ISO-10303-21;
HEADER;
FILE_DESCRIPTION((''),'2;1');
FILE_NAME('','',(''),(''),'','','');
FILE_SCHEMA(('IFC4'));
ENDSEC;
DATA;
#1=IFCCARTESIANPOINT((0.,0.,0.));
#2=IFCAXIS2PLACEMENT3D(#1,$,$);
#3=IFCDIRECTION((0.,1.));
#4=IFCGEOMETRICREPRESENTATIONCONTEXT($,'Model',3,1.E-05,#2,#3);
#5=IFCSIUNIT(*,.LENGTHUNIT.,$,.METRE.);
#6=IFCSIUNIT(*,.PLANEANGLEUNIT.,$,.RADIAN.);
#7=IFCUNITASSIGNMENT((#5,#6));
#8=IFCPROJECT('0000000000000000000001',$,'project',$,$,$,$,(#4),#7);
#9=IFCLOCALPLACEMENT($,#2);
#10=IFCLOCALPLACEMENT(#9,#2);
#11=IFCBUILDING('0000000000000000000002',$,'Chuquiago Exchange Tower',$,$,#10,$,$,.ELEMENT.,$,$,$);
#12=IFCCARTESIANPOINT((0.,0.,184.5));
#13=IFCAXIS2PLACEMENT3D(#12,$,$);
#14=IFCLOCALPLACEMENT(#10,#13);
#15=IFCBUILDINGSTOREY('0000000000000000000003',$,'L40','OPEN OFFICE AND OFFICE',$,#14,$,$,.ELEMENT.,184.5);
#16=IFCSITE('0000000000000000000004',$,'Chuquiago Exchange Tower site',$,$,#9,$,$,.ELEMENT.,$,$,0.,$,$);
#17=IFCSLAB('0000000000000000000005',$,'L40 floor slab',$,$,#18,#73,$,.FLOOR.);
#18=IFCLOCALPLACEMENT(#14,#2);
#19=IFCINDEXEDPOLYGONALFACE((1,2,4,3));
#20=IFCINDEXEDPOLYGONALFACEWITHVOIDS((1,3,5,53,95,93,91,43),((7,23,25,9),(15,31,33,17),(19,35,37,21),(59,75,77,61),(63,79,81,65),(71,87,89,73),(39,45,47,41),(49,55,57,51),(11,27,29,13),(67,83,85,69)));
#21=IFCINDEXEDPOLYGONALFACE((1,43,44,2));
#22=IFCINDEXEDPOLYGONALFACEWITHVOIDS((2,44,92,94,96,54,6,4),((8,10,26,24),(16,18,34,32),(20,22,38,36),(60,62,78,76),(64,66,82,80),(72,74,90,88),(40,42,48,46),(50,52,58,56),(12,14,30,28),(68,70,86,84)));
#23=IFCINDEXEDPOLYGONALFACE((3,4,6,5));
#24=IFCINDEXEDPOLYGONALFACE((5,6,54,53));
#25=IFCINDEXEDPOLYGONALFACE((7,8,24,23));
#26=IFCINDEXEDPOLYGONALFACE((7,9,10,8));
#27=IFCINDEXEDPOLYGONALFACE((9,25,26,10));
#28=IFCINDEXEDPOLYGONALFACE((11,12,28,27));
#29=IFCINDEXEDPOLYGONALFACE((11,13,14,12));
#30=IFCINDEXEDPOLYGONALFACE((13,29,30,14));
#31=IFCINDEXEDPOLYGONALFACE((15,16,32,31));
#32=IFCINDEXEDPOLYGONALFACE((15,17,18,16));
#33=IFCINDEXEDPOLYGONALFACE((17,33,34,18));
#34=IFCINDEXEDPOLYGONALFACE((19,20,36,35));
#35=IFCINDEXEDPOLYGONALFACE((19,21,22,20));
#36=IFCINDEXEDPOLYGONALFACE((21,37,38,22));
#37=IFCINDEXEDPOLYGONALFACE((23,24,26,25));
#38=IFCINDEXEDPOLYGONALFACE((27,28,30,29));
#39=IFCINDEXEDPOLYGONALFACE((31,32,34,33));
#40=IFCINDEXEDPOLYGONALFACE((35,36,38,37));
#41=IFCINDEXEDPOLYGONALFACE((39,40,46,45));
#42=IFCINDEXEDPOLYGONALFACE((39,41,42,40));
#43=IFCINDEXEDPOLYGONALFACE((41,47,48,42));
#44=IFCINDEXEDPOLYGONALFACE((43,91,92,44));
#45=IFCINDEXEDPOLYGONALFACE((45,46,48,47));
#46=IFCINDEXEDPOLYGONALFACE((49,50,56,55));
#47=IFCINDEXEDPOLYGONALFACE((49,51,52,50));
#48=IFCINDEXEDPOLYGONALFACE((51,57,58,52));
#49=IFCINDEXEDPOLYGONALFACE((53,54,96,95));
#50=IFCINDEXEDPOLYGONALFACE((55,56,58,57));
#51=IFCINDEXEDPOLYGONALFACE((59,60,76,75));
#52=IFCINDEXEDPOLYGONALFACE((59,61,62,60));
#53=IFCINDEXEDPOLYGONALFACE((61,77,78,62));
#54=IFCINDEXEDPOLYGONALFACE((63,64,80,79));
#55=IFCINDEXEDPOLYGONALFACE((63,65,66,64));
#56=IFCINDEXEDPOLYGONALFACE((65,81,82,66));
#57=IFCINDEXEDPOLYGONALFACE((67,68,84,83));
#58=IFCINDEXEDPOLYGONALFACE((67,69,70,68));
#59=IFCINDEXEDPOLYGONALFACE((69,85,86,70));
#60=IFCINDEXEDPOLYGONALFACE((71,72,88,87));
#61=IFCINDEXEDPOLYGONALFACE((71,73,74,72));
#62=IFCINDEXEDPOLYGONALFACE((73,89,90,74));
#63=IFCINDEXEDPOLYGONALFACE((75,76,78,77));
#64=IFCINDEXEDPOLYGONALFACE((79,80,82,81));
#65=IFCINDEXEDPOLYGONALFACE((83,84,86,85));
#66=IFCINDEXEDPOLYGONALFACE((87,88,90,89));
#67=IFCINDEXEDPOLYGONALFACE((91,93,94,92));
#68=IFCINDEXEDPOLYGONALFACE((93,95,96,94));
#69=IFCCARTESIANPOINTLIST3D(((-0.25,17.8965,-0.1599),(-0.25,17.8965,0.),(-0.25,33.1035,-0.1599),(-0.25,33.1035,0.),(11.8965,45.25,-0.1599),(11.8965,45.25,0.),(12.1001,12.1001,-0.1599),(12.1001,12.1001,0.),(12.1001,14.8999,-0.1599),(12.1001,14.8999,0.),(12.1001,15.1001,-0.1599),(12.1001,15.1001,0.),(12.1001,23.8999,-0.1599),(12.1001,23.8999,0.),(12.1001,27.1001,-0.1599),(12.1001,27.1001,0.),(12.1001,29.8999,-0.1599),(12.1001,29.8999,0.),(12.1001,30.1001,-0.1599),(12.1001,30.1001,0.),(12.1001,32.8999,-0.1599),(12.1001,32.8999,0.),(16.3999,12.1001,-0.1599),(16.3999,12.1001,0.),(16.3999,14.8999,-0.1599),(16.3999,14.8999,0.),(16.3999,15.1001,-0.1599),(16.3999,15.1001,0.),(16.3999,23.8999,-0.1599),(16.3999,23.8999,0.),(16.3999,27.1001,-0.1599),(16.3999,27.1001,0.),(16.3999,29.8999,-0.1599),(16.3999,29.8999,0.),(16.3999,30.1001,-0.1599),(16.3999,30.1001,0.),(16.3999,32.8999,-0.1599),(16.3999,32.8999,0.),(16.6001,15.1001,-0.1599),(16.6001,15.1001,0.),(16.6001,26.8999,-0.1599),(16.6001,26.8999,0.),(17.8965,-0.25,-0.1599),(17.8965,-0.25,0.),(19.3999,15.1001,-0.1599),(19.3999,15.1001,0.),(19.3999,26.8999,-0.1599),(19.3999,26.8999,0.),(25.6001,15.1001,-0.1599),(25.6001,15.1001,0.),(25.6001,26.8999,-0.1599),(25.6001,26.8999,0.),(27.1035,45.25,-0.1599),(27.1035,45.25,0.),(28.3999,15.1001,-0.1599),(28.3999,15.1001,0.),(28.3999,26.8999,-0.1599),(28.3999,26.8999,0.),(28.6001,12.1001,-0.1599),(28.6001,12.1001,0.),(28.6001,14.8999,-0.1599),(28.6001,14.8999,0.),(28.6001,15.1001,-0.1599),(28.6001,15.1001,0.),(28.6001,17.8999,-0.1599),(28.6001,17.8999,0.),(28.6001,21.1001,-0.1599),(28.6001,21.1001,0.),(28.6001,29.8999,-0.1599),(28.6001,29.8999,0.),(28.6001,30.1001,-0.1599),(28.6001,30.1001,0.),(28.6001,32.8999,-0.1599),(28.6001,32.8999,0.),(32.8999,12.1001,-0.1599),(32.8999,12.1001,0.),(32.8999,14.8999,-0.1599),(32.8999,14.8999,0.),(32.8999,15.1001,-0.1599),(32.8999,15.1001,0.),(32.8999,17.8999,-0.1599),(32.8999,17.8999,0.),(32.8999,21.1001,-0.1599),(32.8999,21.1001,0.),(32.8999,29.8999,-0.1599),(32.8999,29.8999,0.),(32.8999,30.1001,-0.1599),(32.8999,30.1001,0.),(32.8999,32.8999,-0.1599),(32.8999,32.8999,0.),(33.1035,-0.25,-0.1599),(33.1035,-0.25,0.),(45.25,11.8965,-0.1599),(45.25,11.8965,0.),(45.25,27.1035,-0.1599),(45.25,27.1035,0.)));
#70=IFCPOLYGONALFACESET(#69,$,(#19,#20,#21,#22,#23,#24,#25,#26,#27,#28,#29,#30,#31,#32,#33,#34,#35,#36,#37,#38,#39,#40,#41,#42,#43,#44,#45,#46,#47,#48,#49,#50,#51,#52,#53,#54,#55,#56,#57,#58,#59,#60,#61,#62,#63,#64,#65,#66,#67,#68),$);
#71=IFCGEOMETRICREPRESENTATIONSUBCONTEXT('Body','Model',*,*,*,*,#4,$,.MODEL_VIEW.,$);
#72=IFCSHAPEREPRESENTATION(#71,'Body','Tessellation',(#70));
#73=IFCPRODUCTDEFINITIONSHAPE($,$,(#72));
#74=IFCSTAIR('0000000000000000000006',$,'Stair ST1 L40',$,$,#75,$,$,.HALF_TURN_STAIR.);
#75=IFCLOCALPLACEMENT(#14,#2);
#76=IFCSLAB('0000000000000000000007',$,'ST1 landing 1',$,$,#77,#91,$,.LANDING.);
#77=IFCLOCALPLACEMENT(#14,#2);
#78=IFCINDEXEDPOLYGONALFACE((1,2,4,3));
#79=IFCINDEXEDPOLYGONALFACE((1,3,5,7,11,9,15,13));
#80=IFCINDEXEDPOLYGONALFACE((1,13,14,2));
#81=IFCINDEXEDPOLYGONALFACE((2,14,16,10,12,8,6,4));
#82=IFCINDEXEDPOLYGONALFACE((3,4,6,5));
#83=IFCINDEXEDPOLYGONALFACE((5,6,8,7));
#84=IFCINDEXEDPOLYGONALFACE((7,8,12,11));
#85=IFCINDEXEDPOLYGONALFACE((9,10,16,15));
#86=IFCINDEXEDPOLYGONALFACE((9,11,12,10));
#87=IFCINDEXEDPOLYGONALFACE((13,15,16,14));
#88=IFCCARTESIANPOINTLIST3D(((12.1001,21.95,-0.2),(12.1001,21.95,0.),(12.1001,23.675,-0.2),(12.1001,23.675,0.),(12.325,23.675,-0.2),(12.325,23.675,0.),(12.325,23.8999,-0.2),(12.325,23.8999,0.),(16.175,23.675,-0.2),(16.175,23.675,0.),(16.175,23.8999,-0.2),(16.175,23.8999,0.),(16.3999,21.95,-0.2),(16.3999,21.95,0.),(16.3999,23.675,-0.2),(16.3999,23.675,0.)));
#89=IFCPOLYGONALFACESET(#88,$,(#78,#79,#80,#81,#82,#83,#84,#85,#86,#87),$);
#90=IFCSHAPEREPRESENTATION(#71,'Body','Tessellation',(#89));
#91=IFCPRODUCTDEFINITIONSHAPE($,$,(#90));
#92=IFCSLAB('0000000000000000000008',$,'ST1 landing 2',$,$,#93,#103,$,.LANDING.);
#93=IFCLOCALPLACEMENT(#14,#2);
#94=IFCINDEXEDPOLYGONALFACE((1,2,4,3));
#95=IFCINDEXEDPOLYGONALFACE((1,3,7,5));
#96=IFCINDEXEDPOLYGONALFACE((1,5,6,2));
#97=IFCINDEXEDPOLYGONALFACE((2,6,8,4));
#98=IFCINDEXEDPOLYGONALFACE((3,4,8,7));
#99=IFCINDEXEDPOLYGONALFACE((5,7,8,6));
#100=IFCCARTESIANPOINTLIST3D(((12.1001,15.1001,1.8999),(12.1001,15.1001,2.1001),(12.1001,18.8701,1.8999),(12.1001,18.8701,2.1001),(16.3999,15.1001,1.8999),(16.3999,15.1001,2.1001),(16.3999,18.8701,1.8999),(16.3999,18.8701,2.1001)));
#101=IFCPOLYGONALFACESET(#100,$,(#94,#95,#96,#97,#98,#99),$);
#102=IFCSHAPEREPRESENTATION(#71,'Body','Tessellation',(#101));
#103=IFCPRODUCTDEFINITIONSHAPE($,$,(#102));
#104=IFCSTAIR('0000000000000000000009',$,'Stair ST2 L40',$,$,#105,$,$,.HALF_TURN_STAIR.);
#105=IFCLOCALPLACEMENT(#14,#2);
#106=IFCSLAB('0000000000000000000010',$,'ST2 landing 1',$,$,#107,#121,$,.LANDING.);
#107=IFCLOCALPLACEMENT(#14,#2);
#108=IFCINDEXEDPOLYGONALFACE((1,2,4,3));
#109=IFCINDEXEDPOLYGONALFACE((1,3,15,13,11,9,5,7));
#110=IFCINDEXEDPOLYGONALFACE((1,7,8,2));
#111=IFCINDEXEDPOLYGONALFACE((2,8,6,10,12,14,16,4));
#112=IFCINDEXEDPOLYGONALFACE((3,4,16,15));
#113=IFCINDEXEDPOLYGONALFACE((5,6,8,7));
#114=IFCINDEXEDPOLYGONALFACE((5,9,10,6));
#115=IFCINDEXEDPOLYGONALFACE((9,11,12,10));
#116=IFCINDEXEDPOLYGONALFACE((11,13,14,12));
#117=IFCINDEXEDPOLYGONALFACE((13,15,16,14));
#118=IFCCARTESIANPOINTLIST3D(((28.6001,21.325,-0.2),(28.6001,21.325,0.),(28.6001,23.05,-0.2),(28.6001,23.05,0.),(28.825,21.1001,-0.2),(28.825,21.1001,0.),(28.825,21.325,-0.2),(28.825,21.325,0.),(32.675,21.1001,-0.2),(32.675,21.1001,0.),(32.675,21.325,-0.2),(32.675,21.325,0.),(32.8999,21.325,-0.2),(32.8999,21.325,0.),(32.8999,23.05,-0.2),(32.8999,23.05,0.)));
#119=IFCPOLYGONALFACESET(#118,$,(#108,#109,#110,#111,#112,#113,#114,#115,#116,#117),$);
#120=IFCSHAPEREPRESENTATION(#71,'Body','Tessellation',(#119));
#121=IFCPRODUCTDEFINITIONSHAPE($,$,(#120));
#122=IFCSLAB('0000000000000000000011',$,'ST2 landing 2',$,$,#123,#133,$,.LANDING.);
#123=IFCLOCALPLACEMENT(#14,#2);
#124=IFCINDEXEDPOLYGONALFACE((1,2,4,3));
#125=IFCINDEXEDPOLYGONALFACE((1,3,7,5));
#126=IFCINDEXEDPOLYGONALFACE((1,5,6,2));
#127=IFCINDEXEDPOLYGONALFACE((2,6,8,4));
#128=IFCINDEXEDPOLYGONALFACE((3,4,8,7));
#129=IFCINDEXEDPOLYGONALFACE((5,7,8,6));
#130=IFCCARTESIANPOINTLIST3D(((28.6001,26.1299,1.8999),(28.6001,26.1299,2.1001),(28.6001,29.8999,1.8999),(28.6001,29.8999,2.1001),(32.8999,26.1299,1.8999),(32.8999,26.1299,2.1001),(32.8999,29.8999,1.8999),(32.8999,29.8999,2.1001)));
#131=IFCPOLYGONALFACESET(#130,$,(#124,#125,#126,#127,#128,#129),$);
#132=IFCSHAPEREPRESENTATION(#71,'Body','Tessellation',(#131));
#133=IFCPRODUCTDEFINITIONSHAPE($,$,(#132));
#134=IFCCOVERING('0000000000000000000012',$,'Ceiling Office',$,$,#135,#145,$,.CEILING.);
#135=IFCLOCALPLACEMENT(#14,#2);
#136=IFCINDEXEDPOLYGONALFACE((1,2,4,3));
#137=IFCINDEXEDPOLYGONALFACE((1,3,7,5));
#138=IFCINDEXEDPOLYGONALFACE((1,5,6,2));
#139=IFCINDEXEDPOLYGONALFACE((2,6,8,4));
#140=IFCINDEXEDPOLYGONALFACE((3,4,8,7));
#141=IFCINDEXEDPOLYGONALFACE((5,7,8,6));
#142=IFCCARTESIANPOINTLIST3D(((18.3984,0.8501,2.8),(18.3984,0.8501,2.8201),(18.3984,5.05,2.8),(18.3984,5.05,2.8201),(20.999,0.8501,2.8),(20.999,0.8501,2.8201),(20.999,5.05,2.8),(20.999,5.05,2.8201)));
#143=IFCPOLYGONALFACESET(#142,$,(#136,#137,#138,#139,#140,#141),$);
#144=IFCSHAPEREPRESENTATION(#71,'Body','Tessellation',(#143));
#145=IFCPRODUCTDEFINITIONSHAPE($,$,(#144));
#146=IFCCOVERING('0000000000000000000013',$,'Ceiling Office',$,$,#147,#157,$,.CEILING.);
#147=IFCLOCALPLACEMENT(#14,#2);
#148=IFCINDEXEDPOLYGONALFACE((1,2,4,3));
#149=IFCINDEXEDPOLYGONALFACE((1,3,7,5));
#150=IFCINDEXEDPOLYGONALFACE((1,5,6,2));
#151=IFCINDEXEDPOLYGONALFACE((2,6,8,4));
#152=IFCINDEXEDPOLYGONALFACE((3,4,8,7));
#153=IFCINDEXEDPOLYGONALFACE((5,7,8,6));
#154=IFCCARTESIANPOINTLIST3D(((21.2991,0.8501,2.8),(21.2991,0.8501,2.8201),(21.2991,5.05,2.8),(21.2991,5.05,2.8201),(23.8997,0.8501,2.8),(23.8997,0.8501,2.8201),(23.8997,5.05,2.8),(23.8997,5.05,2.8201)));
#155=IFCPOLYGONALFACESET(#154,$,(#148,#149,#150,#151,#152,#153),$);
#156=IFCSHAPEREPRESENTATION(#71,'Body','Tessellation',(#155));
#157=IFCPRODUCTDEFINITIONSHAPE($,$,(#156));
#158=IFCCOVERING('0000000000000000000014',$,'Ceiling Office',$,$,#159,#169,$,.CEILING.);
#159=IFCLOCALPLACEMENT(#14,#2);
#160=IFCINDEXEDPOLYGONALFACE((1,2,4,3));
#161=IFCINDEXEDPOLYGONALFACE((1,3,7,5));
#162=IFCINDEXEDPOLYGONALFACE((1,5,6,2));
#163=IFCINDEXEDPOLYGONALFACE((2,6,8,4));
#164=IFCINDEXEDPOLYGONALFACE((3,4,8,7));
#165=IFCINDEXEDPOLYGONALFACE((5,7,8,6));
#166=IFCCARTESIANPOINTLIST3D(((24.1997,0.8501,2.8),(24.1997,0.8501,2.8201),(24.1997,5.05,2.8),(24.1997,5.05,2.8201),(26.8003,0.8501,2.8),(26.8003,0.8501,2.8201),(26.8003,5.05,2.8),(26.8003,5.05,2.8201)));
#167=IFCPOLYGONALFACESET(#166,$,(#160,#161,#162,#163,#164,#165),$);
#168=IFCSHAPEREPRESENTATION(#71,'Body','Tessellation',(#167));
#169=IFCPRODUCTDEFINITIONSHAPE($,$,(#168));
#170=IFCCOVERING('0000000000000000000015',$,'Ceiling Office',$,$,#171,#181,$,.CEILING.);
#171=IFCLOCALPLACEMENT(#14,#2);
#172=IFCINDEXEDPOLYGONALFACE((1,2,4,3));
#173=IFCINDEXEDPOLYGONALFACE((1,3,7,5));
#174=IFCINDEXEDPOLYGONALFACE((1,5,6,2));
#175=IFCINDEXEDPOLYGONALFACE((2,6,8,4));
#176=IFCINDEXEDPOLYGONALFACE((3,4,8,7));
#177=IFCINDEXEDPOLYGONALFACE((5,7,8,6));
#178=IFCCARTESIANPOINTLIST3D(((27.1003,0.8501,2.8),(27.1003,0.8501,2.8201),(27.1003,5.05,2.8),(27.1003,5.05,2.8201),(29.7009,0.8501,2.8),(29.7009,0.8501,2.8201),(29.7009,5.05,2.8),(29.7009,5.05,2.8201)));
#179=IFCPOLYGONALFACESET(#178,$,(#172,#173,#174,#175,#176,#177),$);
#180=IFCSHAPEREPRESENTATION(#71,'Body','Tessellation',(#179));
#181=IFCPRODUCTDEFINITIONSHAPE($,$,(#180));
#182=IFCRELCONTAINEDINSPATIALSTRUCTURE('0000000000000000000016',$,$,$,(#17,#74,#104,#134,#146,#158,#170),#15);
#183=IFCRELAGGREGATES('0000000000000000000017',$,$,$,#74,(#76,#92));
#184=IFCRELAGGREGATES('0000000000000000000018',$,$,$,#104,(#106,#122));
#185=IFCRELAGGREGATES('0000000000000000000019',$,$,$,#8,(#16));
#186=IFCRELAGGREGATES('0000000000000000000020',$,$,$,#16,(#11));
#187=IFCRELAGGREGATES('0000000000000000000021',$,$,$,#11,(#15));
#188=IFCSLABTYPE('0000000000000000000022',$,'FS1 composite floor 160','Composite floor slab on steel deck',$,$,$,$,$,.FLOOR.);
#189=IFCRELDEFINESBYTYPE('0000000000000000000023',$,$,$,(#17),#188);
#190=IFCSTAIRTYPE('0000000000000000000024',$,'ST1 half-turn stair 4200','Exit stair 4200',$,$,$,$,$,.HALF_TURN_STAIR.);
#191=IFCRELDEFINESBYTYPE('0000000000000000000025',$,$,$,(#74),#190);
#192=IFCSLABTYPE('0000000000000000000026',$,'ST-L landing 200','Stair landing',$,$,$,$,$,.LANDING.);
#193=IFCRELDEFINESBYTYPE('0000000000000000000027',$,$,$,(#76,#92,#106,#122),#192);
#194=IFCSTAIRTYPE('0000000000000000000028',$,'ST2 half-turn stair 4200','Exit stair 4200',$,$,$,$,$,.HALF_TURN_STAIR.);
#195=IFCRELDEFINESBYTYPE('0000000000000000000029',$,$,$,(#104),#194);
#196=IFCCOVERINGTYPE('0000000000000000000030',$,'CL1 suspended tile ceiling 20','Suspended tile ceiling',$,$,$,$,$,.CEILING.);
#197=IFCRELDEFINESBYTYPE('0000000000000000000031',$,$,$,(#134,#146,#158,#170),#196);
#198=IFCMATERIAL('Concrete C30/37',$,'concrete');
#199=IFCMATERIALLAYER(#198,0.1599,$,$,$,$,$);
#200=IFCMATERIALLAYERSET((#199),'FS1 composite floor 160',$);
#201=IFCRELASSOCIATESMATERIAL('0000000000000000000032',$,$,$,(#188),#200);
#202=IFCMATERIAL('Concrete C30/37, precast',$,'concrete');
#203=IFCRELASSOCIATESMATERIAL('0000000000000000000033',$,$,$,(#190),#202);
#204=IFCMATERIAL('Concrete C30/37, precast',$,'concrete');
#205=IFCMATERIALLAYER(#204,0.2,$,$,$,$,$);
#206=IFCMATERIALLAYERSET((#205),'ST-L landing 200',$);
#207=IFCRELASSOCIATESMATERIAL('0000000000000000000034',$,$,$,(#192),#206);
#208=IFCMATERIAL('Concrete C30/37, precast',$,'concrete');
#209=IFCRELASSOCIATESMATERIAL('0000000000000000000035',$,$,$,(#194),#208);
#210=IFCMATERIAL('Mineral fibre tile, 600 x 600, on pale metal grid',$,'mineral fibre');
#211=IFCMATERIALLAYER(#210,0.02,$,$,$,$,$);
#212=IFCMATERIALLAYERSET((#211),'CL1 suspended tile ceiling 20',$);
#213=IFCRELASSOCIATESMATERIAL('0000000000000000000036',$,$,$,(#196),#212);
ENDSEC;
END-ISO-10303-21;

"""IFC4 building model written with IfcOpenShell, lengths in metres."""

from ifc_helpers import new_model, si_unit, direction, frame, origin, place, context, subcontext, project, spatial, polyline, outline, extrude, material, layer, layer_set, type_object, element, aggregate, save


model = new_model("IFC4")

# Units and contexts
model_context = context("Model", 3, precision=1e-05, world=origin(), true_north=direction((0.0, 1.0)))
body_context = subcontext(model_context, "Body", "Model", "MODEL_VIEW")
ifc_project = project(units=[si_unit("LENGTHUNIT", "METRE"), si_unit("PLANEANGLEUNIT", "RADIAN")], contexts=[model_context])

# Site, building, storey
site_placement = place(None, origin())
site = spatial("IfcSite", under=ifc_project, at=site_placement, Name="Chuquiago Exchange Tower site", CompositionType="ELEMENT", RefElevation=0.0)
building_placement = place(site_placement, origin())
building = spatial("IfcBuilding", under=site, at=building_placement, Name="Chuquiago Exchange Tower", CompositionType="ELEMENT")
storey_placement = place(building_placement, frame((0.0, 0.0, 184.5)))
storey = spatial("IfcBuildingStorey", under=building, at=storey_placement, Name="L40", Description="OPEN OFFICE AND OFFICE", CompositionType="ELEMENT", Elevation=184.5)

# Slab
ifc_material_1 = material(Name="Concrete C30/37", Category="concrete")
ifc_layer_1 = layer(ifc_material_1, 0.1599)
ifc_layer_set_1 = layer_set([ifc_layer_1], Name="FS1 composite floor 160")
slab_type_1 = type_object("IfcSlabType", Name="FS1 composite floor 160", Description="Composite floor slab on steel deck", PredefinedType="FLOOR", material=ifc_layer_set_1)
slab_1_placement = place(storey_placement, frame((0.0, 0.0, -0.1599)))
element("IfcSlab", 1, at=slab_1_placement, inside=storey, type_object=slab_type_1, Name="L40 floor slab", PredefinedType="FLOOR", context=body_context, shape_type="SweptSolid", body=[
    extrude(outline(polyline([(17.8965, -0.25), (-0.25, 17.8965), (-0.25, 33.1035), (11.8965, 45.25), (27.1035, 45.25), (45.25, 27.1035), (45.25, 11.8965), (33.1035, -0.25), (17.8965, -0.25)]), holes=[polyline([(16.3999, 15.1001), (12.1001, 15.1001), (12.1001, 23.8999), (16.3999, 23.8999), (16.3999, 15.1001)]), polyline([(32.8999, 21.1001), (28.6001, 21.1001), (28.6001, 29.8999), (32.8999, 29.8999), (32.8999, 21.1001)]), polyline([(16.3999, 12.1001), (12.1001, 12.1001), (12.1001, 14.8999), (16.3999, 14.8999), (16.3999, 12.1001)]), polyline([(16.3999, 30.1001), (12.1001, 30.1001), (12.1001, 32.8999), (16.3999, 32.8999), (16.3999, 30.1001)]), polyline([(32.8999, 12.1001), (28.6001, 12.1001), (28.6001, 14.8999), (32.8999, 14.8999), (32.8999, 12.1001)]), polyline([(32.8999, 30.1001), (28.6001, 30.1001), (28.6001, 32.8999), (32.8999, 32.8999), (32.8999, 30.1001)]), polyline([(16.3999, 27.1001), (12.1001, 27.1001), (12.1001, 29.8999), (16.3999, 29.8999), (16.3999, 27.1001)]), polyline([(32.8999, 15.1001), (28.6001, 15.1001), (28.6001, 17.8999), (32.8999, 17.8999), (32.8999, 15.1001)]), polyline([(19.3999, 15.1001), (16.6001, 15.1001), (16.6001, 26.8999), (19.3999, 26.8999), (19.3999, 15.1001)]), polyline([(28.3999, 15.1001), (25.6001, 15.1001), (25.6001, 26.8999), (28.3999, 26.8999), (28.3999, 15.1001)])]), origin(), (0.0, 0.0, 1.0), 0.1599),
])

# Stairs, slabs
ifc_material_2 = material(Name="Concrete C30/37, precast", Category="concrete")
stair_type_1 = type_object("IfcStairType", Name="ST1 half-turn stair 4200", Description="Exit stair 4200", PredefinedType="HALF_TURN_STAIR", material=ifc_material_2)
stair_1_placement = place(storey_placement, origin())
stair_1 = element("IfcStair", 2, at=stair_1_placement, inside=storey, type_object=stair_type_1, Name="Stair ST1 L40", PredefinedType="HALF_TURN_STAIR")
ifc_material_3 = material(Name="Concrete C30/37, precast", Category="concrete")
ifc_layer_2 = layer(ifc_material_3, 0.2)
ifc_layer_set_2 = layer_set([ifc_layer_2], Name="ST-L landing 200")
slab_type_2 = type_object("IfcSlabType", Name="ST-L landing 200", Description="Stair landing", PredefinedType="LANDING", material=ifc_layer_set_2)
slab_2_placement = place(storey_placement, frame((0.0, 0.0, -0.2)))
slab_2 = element("IfcSlab", 3, at=slab_2_placement, type_object=slab_type_2, Name="ST1 landing 1", PredefinedType="LANDING", context=body_context, shape_type="SweptSolid", body=[
    extrude(outline(polyline([(12.325, 23.8999), (16.175, 23.8999), (16.175, 23.675), (16.3999, 23.675), (16.3999, 21.95), (12.1001, 21.95), (12.1001, 23.675), (12.325, 23.675), (12.325, 23.8999)])), origin(), (0.0, 0.0, 1.0), 0.2),
])
slab_3_placement = place(storey_placement, frame((0.0, 0.0, 1.8999)))
slab_3 = element("IfcSlab", 4, at=slab_3_placement, type_object=slab_type_2, Name="ST1 landing 2", PredefinedType="LANDING", context=body_context, shape_type="SweptSolid", body=[
    extrude(outline(polyline([(12.1001, 18.8701), (16.3999, 18.8701), (16.3999, 15.1001), (12.1001, 15.1001), (12.1001, 18.8701)])), origin(), (0.0, 0.0, 1.0), 0.2002),
])
aggregate(stair_1, [slab_2, slab_3])
ifc_material_4 = material(Name="Concrete C30/37, precast", Category="concrete")
stair_type_2 = type_object("IfcStairType", Name="ST2 half-turn stair 4200", Description="Exit stair 4200", PredefinedType="HALF_TURN_STAIR", material=ifc_material_4)
stair_2_placement = place(storey_placement, origin())
stair_2 = element("IfcStair", 5, at=stair_2_placement, inside=storey, type_object=stair_type_2, Name="Stair ST2 L40", PredefinedType="HALF_TURN_STAIR")
slab_4_placement = place(storey_placement, frame((0.0, 0.0, -0.2)))
slab_4 = element("IfcSlab", 6, at=slab_4_placement, type_object=slab_type_2, Name="ST2 landing 1", PredefinedType="LANDING", context=body_context, shape_type="SweptSolid", body=[
    extrude(outline(polyline([(32.675, 21.325), (32.675, 21.1001), (28.825, 21.1001), (28.825, 21.325), (28.6001, 21.325), (28.6001, 23.05), (32.8999, 23.05), (32.8999, 21.325), (32.675, 21.325)])), origin(), (0.0, 0.0, 1.0), 0.2),
])
slab_5_placement = place(storey_placement, frame((0.0, 0.0, 1.8999)))
slab_5 = element("IfcSlab", 7, at=slab_5_placement, type_object=slab_type_2, Name="ST2 landing 2", PredefinedType="LANDING", context=body_context, shape_type="SweptSolid", body=[
    extrude(outline(polyline([(28.6001, 29.8999), (32.8999, 29.8999), (32.8999, 26.1299), (28.6001, 26.1299), (28.6001, 29.8999)])), origin(), (0.0, 0.0, 1.0), 0.2002),
])
aggregate(stair_2, [slab_4, slab_5])

# Coverings
ifc_material_5 = material(Name="Mineral fibre tile, 600 x 600, on pale metal grid", Category="mineral fibre")
ifc_layer_3 = layer(ifc_material_5, 0.02)
ifc_layer_set_3 = layer_set([ifc_layer_3], Name="CL1 suspended tile ceiling 20")
covering_type_1 = type_object("IfcCoveringType", Name="CL1 suspended tile ceiling 20", Description="Suspended tile ceiling", PredefinedType="CEILING", material=ifc_layer_set_3)
covering_1_placement = place(storey_placement, frame((0.0, 0.0, 2.8)))
element("IfcCovering", 8, at=covering_1_placement, inside=storey, type_object=covering_type_1, Name="Ceiling Office", PredefinedType="CEILING", context=body_context, shape_type="SweptSolid", body=[
    extrude(outline(polyline([(18.3984, 5.05), (20.999, 5.05), (20.999, 0.8501), (18.3984, 0.8501), (18.3984, 5.05)])), origin(), (0.0, 0.0, 1.0), 0.02),
])
covering_2_placement = place(storey_placement, frame((0.0, 0.0, 2.8)))
element("IfcCovering", 9, at=covering_2_placement, inside=storey, type_object=covering_type_1, Name="Ceiling Office", PredefinedType="CEILING", context=body_context, shape_type="SweptSolid", body=[
    extrude(outline(polyline([(21.2991, 5.05), (23.8997, 5.05), (23.8997, 0.8501), (21.2991, 0.8501), (21.2991, 5.05)])), origin(), (0.0, 0.0, 1.0), 0.02),
])
covering_3_placement = place(storey_placement, frame((0.0, 0.0, 2.8)))
element("IfcCovering", 10, at=covering_3_placement, inside=storey, type_object=covering_type_1, Name="Ceiling Office", PredefinedType="CEILING", context=body_context, shape_type="SweptSolid", body=[
    extrude(outline(polyline([(24.1997, 5.05), (26.8003, 5.05), (26.8003, 0.8501), (24.1997, 0.8501), (24.1997, 5.05)])), origin(), (0.0, 0.0, 1.0), 0.02),
])
covering_4_placement = place(storey_placement, frame((0.0, 0.0, 2.8)))
element("IfcCovering", 11, at=covering_4_placement, inside=storey, type_object=covering_type_1, Name="Ceiling Office", PredefinedType="CEILING", context=body_context, shape_type="SweptSolid", body=[
    extrude(outline(polyline([(27.1003, 5.05), (29.7009, 5.05), (29.7009, 0.8501), (27.1003, 0.8501), (27.1003, 5.05)])), origin(), (0.0, 0.0, 1.0), 0.02),
])

save(model, "model.ifc")
